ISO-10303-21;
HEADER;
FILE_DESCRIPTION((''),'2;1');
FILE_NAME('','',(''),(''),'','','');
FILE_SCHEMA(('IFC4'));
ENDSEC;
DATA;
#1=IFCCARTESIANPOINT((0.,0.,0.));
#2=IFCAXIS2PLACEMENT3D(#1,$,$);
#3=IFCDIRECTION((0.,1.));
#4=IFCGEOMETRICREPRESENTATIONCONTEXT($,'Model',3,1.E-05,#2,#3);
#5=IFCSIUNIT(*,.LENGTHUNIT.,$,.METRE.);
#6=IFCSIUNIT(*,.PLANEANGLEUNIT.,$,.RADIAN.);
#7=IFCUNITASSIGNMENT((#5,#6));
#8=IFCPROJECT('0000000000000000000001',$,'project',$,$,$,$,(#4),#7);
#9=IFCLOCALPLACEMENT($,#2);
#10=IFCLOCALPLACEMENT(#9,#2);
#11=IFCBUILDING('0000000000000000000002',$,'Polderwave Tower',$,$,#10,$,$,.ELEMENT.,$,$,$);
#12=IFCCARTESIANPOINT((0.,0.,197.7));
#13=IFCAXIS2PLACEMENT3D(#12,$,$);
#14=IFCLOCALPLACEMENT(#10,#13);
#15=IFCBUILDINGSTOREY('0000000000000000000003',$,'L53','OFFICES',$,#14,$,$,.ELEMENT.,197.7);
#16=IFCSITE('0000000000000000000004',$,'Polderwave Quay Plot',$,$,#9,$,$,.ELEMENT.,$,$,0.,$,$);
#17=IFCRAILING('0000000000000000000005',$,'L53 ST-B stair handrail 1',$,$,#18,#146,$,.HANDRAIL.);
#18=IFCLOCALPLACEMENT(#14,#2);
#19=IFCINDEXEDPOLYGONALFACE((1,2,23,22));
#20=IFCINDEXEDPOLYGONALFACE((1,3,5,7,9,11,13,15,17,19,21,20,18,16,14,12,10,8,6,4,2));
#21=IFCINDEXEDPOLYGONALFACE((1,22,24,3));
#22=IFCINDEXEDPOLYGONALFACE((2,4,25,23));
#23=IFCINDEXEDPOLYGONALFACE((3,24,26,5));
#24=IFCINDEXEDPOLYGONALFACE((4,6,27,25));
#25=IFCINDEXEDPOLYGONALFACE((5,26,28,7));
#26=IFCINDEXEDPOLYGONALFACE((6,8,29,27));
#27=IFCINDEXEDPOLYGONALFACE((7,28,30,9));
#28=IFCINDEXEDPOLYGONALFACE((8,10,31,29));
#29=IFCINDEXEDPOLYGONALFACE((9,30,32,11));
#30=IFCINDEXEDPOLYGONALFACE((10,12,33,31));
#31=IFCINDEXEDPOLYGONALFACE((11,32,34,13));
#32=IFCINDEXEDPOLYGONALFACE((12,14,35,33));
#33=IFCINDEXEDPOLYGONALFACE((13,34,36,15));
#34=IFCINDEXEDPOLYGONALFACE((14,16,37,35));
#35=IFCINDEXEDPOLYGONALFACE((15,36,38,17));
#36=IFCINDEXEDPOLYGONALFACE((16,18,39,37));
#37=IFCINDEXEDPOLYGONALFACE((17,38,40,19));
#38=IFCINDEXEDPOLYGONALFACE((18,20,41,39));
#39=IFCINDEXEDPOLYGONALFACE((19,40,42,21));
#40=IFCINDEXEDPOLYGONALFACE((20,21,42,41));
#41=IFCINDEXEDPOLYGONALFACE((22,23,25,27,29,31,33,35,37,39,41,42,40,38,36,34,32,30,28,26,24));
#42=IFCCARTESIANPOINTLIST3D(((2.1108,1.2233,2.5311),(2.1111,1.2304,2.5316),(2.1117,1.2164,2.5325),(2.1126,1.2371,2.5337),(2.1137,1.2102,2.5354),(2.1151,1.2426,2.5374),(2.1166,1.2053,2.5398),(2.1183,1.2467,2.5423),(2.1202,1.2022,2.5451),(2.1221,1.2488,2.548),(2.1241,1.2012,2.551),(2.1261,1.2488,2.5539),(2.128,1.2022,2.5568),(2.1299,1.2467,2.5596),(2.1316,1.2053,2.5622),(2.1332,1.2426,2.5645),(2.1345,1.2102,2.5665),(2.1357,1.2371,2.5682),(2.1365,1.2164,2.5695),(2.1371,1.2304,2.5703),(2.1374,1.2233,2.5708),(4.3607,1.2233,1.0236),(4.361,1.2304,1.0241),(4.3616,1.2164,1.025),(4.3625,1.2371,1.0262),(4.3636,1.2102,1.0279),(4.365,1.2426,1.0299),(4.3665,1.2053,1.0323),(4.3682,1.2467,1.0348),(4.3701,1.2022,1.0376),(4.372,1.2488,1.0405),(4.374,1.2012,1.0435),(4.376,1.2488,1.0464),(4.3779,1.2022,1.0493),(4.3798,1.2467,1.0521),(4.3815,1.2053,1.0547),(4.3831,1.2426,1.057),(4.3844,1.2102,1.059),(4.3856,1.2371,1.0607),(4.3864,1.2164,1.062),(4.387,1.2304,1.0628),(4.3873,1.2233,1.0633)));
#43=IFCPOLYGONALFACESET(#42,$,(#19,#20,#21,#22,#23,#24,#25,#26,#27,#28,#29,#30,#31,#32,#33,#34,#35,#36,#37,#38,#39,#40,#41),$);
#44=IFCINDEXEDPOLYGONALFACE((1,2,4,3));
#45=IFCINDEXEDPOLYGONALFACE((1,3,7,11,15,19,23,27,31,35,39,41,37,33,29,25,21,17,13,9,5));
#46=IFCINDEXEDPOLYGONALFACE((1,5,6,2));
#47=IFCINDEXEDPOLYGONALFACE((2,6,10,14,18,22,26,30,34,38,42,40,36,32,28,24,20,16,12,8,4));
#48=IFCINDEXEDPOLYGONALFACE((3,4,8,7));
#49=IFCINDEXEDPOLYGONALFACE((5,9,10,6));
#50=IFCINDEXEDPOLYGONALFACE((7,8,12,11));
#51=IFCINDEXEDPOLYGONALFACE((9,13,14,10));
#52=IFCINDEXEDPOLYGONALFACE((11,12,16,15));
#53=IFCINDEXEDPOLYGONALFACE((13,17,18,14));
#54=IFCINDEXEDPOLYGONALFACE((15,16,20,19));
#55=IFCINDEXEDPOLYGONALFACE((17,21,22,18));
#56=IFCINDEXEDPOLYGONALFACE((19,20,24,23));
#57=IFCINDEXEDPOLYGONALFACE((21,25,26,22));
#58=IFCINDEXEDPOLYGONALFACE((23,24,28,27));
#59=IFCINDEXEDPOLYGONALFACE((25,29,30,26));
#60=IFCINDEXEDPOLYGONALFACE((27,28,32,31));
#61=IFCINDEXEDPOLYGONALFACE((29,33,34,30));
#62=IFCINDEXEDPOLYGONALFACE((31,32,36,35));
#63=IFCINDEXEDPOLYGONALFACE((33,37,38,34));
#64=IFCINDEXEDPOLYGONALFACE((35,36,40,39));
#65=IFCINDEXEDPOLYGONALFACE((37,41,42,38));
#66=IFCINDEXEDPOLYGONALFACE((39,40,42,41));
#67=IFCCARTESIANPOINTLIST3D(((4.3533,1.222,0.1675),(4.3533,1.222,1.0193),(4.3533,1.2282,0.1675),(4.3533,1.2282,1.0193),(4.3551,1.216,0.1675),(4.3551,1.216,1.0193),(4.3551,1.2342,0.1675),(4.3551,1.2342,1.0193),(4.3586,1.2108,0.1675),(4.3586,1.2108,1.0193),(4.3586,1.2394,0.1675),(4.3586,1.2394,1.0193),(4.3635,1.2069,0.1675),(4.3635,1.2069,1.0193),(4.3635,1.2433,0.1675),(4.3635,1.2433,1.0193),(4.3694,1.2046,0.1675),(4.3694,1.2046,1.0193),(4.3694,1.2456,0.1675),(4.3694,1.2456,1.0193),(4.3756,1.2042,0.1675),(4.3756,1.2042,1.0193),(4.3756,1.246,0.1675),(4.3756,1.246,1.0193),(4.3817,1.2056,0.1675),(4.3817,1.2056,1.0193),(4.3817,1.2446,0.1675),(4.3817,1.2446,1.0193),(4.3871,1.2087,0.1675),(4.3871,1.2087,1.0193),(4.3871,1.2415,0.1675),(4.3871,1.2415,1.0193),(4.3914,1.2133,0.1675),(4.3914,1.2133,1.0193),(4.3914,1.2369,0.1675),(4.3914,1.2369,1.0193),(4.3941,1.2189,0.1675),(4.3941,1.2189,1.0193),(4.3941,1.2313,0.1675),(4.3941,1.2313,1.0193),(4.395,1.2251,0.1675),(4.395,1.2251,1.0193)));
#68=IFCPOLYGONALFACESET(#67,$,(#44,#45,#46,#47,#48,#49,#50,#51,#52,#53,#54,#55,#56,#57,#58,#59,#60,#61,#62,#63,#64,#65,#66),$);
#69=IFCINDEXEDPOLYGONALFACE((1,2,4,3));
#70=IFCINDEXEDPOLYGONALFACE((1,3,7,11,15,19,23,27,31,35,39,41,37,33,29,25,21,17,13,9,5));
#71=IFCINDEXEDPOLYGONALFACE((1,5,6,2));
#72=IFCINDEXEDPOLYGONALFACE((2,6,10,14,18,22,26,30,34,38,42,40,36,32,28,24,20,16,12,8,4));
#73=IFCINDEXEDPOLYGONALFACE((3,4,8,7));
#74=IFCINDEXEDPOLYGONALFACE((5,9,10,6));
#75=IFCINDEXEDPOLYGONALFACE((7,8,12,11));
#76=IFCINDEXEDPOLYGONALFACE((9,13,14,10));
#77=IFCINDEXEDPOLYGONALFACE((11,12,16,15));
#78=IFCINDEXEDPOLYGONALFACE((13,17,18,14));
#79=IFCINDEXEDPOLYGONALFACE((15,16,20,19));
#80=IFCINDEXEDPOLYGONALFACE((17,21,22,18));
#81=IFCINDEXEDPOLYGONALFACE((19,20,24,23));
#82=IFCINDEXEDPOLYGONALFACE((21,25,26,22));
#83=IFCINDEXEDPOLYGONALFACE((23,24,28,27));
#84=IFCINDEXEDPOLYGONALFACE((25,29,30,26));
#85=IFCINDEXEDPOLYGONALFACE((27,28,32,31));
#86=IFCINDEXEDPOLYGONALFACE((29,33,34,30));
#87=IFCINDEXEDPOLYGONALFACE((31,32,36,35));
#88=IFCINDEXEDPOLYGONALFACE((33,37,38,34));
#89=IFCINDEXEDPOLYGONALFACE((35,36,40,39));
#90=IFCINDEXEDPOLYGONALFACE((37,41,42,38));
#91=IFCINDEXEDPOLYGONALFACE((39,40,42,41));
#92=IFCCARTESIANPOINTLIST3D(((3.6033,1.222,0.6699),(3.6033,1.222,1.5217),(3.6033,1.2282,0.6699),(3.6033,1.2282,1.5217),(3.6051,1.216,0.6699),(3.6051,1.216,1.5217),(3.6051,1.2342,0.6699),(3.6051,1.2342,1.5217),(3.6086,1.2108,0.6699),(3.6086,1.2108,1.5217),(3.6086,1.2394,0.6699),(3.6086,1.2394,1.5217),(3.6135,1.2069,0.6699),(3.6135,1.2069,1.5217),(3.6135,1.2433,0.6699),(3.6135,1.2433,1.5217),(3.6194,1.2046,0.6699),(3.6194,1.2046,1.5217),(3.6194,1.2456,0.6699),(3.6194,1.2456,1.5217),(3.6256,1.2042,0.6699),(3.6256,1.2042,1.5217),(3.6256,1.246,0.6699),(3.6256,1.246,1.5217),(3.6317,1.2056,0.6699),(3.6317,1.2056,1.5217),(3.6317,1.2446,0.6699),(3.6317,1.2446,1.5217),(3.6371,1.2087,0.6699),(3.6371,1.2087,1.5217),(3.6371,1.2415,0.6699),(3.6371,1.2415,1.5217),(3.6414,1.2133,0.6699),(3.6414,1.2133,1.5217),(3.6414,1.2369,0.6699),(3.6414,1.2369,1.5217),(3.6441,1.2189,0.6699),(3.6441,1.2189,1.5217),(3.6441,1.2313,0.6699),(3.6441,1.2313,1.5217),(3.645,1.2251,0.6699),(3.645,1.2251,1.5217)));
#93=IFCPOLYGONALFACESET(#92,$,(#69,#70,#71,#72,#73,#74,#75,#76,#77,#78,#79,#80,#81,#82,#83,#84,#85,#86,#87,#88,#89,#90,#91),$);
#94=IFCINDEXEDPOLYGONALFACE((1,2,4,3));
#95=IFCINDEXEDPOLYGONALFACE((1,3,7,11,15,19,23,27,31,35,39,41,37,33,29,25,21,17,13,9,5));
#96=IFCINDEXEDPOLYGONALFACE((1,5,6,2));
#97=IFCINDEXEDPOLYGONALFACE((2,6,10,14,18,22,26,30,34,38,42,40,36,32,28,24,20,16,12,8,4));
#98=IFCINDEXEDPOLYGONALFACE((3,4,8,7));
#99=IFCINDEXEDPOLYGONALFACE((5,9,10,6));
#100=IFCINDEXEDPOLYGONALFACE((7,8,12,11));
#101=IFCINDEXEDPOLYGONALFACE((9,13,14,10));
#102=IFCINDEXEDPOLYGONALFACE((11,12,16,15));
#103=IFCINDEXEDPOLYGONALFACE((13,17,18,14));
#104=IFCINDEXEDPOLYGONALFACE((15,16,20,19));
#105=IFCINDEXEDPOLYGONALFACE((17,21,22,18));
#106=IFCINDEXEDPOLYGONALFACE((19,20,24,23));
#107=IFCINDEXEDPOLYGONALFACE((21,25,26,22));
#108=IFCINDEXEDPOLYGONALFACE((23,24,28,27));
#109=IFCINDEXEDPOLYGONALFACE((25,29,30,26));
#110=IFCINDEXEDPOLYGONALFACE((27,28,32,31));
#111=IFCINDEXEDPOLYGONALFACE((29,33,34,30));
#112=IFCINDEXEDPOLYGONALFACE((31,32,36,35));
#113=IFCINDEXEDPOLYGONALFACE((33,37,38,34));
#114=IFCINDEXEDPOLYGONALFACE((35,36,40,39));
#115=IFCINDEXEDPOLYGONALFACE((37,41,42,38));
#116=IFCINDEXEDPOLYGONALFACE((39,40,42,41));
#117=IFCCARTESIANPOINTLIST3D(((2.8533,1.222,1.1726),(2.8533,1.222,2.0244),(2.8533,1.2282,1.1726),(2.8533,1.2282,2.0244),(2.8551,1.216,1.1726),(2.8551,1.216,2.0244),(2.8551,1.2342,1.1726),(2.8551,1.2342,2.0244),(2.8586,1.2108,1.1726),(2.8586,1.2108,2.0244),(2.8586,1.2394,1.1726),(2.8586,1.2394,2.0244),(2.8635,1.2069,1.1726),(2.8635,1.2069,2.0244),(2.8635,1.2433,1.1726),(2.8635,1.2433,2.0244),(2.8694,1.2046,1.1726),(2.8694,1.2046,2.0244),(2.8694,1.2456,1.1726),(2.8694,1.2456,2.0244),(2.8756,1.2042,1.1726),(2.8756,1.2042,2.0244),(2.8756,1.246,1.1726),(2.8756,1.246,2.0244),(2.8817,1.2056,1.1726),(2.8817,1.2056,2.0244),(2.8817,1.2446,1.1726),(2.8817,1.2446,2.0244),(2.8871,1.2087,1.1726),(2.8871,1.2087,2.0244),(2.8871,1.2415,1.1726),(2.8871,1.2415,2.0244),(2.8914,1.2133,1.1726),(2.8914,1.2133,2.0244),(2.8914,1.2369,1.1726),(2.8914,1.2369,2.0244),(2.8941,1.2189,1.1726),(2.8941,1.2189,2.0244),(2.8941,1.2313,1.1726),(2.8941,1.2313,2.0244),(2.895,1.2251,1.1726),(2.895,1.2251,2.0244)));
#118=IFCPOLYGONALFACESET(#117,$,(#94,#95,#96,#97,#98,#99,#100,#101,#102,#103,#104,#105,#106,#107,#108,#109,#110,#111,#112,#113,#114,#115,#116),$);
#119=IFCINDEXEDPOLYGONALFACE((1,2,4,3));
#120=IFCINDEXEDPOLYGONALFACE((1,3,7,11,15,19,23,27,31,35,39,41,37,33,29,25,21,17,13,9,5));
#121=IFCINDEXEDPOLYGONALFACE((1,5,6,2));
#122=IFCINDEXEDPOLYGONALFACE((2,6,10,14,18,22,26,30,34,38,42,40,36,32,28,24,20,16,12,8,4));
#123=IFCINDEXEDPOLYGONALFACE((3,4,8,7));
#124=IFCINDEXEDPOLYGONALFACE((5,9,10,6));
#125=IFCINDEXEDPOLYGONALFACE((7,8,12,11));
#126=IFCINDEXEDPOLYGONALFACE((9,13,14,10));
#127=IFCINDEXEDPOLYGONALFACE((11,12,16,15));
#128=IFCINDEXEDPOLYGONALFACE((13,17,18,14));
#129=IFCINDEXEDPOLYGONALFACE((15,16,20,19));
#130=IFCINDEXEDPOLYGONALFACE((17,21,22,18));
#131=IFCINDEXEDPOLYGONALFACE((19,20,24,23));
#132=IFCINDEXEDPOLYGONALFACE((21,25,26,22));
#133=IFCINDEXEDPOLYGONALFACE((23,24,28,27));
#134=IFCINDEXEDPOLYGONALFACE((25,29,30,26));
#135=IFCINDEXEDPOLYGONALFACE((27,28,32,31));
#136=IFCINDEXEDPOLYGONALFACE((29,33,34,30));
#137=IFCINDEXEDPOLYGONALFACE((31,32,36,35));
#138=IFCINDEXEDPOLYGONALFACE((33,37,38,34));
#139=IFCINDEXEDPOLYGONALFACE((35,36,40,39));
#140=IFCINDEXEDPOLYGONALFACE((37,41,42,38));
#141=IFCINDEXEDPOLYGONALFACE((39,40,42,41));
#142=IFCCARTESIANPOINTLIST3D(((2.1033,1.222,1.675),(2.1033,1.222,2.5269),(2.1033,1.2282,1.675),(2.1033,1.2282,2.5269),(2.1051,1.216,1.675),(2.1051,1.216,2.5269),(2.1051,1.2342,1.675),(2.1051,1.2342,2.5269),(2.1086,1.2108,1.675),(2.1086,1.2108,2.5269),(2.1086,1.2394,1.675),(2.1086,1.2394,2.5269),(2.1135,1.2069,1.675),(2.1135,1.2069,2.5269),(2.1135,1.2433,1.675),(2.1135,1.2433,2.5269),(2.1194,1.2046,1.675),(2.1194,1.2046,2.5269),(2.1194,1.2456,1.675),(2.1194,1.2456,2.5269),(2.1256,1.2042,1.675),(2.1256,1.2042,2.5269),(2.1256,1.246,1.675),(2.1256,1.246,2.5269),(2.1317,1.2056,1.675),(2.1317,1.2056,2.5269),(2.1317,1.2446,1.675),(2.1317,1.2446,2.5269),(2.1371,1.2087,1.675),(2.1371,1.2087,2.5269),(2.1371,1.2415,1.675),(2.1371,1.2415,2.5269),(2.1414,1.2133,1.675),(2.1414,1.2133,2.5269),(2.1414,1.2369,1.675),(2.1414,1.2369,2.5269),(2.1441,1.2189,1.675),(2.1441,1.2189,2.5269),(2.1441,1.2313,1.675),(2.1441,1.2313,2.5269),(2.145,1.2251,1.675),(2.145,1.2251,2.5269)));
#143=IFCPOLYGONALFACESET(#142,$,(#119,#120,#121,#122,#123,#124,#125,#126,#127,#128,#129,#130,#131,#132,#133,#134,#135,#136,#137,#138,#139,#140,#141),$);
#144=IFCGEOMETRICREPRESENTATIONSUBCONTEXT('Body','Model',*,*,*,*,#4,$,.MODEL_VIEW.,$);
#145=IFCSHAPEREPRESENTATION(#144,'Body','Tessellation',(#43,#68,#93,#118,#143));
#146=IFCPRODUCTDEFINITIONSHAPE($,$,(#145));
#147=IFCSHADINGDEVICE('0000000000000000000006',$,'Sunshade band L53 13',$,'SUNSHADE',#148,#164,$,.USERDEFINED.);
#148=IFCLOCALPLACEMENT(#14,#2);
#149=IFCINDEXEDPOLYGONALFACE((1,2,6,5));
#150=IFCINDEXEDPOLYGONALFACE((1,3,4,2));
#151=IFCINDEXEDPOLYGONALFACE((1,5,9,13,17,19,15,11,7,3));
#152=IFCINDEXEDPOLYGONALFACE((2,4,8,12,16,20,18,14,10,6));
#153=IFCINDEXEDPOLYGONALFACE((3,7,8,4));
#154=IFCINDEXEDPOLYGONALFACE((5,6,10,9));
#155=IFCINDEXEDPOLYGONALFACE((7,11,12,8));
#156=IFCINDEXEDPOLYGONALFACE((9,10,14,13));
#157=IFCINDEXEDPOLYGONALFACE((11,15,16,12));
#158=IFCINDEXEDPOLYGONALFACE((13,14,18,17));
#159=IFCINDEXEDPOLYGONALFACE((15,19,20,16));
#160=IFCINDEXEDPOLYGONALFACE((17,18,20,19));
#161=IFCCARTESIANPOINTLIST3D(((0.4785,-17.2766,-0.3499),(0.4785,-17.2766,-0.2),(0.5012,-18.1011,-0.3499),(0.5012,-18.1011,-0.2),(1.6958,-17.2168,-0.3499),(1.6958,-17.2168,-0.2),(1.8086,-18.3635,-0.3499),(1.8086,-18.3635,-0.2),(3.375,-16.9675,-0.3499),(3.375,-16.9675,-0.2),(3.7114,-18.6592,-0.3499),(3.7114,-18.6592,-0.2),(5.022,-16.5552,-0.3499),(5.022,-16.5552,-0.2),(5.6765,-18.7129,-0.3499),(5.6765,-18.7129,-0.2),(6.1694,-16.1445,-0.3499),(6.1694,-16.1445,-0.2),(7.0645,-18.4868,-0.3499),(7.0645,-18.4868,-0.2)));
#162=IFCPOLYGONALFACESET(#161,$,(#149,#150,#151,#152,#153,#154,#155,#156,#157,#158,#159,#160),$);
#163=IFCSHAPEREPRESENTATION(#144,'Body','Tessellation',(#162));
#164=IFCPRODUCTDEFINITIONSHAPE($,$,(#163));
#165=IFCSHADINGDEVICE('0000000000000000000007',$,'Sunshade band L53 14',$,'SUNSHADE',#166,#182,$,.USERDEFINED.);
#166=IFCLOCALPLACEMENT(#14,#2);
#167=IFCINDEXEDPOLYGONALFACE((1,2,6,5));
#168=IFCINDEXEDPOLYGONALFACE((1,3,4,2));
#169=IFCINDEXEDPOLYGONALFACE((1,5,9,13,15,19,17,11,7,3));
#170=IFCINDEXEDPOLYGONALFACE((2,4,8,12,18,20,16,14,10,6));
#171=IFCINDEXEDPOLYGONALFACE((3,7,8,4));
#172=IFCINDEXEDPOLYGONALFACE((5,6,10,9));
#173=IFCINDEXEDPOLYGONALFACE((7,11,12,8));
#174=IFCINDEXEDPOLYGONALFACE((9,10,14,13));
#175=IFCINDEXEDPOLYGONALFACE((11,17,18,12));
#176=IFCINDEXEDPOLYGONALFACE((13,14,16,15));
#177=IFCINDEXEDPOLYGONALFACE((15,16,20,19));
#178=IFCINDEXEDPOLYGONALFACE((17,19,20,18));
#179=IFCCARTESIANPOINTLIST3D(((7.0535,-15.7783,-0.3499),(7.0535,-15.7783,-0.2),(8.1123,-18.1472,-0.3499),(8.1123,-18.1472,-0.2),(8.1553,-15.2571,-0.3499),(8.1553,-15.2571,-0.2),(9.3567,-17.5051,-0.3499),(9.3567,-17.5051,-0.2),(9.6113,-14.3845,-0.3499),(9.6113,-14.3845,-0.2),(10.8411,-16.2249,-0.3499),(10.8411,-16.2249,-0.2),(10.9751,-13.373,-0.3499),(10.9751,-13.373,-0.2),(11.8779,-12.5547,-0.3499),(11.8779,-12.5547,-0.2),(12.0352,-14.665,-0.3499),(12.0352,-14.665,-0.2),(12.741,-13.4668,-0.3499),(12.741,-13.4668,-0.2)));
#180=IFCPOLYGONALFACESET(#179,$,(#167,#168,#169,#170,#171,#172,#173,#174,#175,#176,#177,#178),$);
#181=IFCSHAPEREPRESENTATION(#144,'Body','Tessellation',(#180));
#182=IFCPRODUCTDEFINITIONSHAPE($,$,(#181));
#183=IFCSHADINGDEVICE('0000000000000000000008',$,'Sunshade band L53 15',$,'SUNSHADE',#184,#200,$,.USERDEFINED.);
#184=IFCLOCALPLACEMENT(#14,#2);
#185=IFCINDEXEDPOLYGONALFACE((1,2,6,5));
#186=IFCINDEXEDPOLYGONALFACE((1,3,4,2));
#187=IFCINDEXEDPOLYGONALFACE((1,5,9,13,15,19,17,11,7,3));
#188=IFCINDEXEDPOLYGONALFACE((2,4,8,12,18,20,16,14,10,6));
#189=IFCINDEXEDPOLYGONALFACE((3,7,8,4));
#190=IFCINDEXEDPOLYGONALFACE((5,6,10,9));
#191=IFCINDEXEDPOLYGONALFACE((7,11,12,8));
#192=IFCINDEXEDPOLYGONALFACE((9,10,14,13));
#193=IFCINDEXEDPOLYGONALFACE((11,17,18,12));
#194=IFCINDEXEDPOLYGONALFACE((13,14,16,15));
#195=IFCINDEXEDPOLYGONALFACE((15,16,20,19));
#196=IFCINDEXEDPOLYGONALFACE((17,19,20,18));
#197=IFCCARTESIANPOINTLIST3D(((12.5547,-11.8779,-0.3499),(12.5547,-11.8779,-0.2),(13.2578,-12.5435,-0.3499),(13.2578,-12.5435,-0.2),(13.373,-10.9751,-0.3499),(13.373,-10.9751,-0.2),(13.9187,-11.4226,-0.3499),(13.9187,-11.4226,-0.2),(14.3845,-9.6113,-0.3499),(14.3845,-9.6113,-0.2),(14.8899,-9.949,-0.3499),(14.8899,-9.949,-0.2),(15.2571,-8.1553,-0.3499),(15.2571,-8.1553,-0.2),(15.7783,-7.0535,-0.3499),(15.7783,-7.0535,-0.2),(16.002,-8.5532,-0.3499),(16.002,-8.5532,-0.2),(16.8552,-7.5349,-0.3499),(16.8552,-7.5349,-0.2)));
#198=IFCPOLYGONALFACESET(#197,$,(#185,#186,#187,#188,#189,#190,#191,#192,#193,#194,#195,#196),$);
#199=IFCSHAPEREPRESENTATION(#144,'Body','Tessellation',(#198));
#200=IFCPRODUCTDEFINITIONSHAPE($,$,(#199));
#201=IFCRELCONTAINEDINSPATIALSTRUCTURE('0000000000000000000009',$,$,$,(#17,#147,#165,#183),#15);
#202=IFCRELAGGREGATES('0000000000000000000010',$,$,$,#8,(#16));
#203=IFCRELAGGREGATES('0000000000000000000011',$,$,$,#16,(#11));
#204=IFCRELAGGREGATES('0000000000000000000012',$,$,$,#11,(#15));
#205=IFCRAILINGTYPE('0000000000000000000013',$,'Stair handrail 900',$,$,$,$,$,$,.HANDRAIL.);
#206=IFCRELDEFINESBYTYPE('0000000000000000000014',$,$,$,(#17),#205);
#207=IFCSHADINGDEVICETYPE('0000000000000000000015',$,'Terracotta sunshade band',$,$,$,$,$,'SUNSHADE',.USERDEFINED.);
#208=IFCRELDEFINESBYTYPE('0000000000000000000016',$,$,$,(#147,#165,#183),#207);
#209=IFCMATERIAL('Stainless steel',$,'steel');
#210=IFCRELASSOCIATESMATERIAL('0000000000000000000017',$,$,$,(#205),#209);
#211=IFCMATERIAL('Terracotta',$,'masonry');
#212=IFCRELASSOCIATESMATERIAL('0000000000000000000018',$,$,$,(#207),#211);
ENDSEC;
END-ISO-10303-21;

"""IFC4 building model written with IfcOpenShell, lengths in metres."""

from ifc_helpers import new_model, si_unit, direction, frame, origin, origin_2d, place, context, subcontext, project, spatial, polyline, circle, outline, extrude, material, type_object, element, save


model = new_model("IFC4")

# Units and contexts
model_context = context("Model", 3, precision=1e-05, world=origin(), true_north=direction((0.0, 1.0)))
body_context = subcontext(model_context, "Body", "Model", "MODEL_VIEW")
ifc_project = project(units=[si_unit("LENGTHUNIT", "METRE"), si_unit("PLANEANGLEUNIT", "RADIAN")], contexts=[model_context])

# Site, building, storey
site_placement = place(None, origin())
site = spatial("IfcSite", under=ifc_project, at=site_placement, Name="Polderwave Quay Plot", CompositionType="ELEMENT", RefElevation=0.0)
building_placement = place(site_placement, origin())
building = spatial("IfcBuilding", under=site, at=building_placement, Name="Polderwave Tower", CompositionType="ELEMENT")
storey_placement = place(building_placement, frame((0.0, 0.0, 197.7)))
storey = spatial("IfcBuildingStorey", under=building, at=storey_placement, Name="L53", Description="OFFICES", CompositionType="ELEMENT", Elevation=197.7)

# Railing
ifc_material_1 = material(Name="Stainless steel", Category="steel")
railing_type_1 = type_object("IfcRailingType", Name="Stair handrail 900", PredefinedType="HANDRAIL", material=ifc_material_1)
railing_1_placement = place(storey_placement, frame((4.374, 1.2251, 0.1675)))
element("IfcRailing", 1, at=railing_1_placement, inside=storey, type_object=railing_type_1, Name="L53 ST-B stair handrail 1", PredefinedType="HANDRAIL", context=body_context, shape_type="SweptSolid", body=[
    extrude(circle(Radius=0.0239, at=origin_2d()), frame((0.0, 0.0, 0.876), z_axis=(-0.830758, 0.0, 0.556633), x_axis=(0.0, -1.0, 0.0)), (0.0, 0.0, 1.0), 2.7083),
    extrude(circle(Radius=0.021, at=origin_2d()), origin(), (0.0, 0.0, 1.0), 0.8518),
    extrude(circle(Radius=0.021, at=origin_2d()), frame((-0.75, 0.0, 0.5024)), (0.0, 0.0, 1.0), 0.8518),
    extrude(circle(Radius=0.021, at=origin_2d()), frame((-1.5, 0.0, 1.0051)), (0.0, 0.0, 1.0), 0.8518),
    extrude(circle(Radius=0.021, at=origin_2d()), frame((-2.25, 0.0, 1.5076)), (0.0, 0.0, 1.0), 0.8518),
])

# Shading devices
ifc_material_2 = material(Name="Terracotta", Category="masonry")
shading_device_type = type_object("IfcShadingDeviceType", Name="Terracotta sunshade band", ElementType="SUNSHADE", PredefinedType="USERDEFINED", material=ifc_material_2)
shading_device_1_placement = place(storey_placement, frame((0.0, 0.0, -0.3499)))
element("IfcShadingDevice", 2, at=shading_device_1_placement, inside=storey, type_object=shading_device_type, Name="Sunshade band L53 13", ObjectType="SUNSHADE", PredefinedType="USERDEFINED", context=body_context, shape_type="SweptSolid", body=[
    extrude(outline(polyline([(0.4785, -17.2766), (1.6958, -17.2168), (3.375, -16.9675), (5.022, -16.5552), (6.1694, -16.1445), (7.0645, -18.4868), (5.6765, -18.7129), (3.7114, -18.6592), (1.8086, -18.3635), (0.5012, -18.1011), (0.4785, -17.2766)])), origin(), (0.0, 0.0, 1.0), 0.1499),
])
shading_device_2_placement = place(storey_placement, frame((0.0, 0.0, -0.3499)))
element("IfcShadingDevice", 3, at=shading_device_2_placement, inside=storey, type_object=shading_device_type, Name="Sunshade band L53 14", ObjectType="SUNSHADE", PredefinedType="USERDEFINED", context=body_context, shape_type="SweptSolid", body=[
    extrude(outline(polyline([(7.0535, -15.7783), (8.1553, -15.2571), (9.6113, -14.3845), (10.9751, -13.373), (11.8779, -12.5547), (12.741, -13.4668), (12.0352, -14.665), (10.8411, -16.2249), (9.3567, -17.5051), (8.1123, -18.1472), (7.0535, -15.7783)])), origin(), (0.0, 0.0, 1.0), 0.1499),
])
shading_device_3_placement = place(storey_placement, frame((0.0, 0.0, -0.3499)))
element("IfcShadingDevice", 4, at=shading_device_3_placement, inside=storey, type_object=shading_device_type, Name="Sunshade band L53 15", ObjectType="SUNSHADE", PredefinedType="USERDEFINED", context=body_context, shape_type="SweptSolid", body=[
    extrude(outline(polyline([(12.5547, -11.8779), (13.373, -10.9751), (14.3845, -9.6113), (15.2571, -8.1553), (15.7783, -7.0535), (16.8552, -7.5349), (16.002, -8.5532), (14.8899, -9.949), (13.9187, -11.4226), (13.2578, -12.5435), (12.5547, -11.8779)])), origin(), (0.0, 0.0, 1.0), 0.1499),
])

save(model, "model.ifc")
